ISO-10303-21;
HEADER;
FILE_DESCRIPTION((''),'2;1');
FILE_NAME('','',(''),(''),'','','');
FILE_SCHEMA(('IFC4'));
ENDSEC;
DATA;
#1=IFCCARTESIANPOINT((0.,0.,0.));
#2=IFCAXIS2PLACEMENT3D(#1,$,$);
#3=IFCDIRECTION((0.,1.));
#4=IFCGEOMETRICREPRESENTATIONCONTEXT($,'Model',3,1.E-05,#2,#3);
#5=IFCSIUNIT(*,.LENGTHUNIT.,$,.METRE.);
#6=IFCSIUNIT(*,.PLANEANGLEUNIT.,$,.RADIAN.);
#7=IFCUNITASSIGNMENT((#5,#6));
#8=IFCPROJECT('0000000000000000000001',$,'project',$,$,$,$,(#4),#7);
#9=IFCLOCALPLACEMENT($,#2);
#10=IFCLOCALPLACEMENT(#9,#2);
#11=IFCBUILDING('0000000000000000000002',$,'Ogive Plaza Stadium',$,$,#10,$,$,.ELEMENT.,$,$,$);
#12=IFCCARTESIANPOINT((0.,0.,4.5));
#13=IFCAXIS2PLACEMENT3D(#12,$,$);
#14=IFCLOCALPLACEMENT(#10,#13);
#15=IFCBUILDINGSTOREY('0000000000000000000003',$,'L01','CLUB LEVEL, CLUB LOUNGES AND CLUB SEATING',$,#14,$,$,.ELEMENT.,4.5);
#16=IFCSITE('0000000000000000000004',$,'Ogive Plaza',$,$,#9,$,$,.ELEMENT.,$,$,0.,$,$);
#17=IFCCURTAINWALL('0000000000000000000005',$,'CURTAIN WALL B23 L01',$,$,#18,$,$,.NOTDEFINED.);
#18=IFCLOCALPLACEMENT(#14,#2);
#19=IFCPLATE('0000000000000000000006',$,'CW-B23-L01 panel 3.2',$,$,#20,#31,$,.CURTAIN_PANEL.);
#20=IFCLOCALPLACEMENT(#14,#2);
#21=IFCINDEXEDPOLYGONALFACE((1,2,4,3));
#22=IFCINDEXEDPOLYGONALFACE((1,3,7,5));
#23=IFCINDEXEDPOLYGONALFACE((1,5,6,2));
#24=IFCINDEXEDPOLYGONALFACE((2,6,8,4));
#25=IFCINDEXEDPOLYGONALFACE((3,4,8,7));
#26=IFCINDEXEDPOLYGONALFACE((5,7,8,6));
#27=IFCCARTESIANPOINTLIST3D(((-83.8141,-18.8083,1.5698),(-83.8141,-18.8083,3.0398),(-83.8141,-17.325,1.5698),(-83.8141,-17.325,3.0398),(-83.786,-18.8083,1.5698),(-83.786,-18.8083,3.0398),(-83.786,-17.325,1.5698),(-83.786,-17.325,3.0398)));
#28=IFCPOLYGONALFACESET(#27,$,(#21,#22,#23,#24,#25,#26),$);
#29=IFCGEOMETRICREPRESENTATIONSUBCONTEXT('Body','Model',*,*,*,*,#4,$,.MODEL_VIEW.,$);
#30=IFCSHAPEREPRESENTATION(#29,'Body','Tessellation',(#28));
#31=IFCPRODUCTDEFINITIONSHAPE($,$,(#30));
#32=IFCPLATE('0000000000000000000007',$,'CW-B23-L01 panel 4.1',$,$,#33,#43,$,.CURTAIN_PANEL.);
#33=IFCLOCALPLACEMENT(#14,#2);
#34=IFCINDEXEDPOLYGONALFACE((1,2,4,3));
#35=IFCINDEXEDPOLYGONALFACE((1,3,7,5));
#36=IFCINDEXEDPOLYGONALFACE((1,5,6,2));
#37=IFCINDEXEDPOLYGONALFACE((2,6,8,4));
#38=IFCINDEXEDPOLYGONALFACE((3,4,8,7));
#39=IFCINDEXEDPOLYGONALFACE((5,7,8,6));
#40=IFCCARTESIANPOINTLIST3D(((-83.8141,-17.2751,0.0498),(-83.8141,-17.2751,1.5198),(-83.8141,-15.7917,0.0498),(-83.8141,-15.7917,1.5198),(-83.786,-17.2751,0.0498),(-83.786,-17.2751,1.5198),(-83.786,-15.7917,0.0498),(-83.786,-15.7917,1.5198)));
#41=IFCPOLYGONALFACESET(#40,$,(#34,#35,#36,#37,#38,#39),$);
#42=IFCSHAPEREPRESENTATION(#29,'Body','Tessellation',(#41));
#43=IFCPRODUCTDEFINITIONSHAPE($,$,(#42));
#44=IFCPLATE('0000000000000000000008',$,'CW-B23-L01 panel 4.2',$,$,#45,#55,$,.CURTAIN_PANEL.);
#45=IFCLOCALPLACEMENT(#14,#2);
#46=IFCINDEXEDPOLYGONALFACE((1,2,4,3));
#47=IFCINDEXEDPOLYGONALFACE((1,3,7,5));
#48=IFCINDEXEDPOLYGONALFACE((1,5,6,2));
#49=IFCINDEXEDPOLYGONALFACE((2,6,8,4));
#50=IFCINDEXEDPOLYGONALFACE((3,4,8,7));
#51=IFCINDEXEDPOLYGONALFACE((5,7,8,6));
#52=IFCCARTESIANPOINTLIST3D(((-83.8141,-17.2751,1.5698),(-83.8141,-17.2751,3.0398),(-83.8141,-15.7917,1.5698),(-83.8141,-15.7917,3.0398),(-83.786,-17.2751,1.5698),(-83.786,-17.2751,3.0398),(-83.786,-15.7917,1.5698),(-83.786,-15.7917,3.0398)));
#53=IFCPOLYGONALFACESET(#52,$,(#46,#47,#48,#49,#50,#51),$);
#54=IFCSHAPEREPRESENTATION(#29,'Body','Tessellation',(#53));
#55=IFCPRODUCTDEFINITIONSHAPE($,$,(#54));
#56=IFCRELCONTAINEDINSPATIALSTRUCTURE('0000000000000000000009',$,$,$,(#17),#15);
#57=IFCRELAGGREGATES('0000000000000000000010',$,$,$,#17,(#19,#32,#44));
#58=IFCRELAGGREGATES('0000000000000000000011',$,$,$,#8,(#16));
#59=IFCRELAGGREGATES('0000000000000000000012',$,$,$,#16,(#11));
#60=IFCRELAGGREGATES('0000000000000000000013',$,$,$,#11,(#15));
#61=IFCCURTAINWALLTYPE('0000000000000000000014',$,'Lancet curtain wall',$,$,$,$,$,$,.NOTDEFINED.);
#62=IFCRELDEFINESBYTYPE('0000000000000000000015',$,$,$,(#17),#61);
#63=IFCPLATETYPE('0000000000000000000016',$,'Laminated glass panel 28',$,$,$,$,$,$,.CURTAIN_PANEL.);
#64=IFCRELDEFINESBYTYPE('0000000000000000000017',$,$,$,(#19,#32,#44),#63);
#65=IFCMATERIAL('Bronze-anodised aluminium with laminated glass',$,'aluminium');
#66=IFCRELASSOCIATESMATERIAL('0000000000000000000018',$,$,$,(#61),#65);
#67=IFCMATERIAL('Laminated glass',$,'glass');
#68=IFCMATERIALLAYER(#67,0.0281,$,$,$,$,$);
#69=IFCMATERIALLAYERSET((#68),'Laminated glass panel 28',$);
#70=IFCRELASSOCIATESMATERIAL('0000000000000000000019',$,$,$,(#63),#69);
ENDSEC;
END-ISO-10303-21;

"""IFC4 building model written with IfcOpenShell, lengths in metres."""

from ifc_helpers import new_model, si_unit, direction, frame, origin, origin_2d, place, context, subcontext, project, spatial, rectangle, extrude, material, layer, layer_set, type_object, element, aggregate, save


model = new_model("IFC4")

# Units and contexts
model_context = context("Model", 3, precision=1e-05, world=origin(), true_north=direction((0.0, 1.0)))
body_context = subcontext(model_context, "Body", "Model", "MODEL_VIEW")
ifc_project = project(units=[si_unit("LENGTHUNIT", "METRE"), si_unit("PLANEANGLEUNIT", "RADIAN")], contexts=[model_context])

# Site, building, storey
site_placement = place(None, origin())
site = spatial("IfcSite", under=ifc_project, at=site_placement, Name="Ogive Plaza", CompositionType="ELEMENT", RefElevation=0.0)
building_placement = place(site_placement, origin())
building = spatial("IfcBuilding", under=site, at=building_placement, Name="Ogive Plaza Stadium", CompositionType="ELEMENT")
storey_placement = place(building_placement, frame((0.0, 0.0, 4.5)))
storey = spatial("IfcBuildingStorey", under=building, at=storey_placement, Name="L01", Description="CLUB LEVEL, CLUB LOUNGES AND CLUB SEATING", CompositionType="ELEMENT", Elevation=4.5)

# Shared definitions
ifc_material_1 = material(Name="Bronze-anodised aluminium with laminated glass", Category="aluminium")
curtain_wall_type = type_object("IfcCurtainWallType", Name="Lancet curtain wall", PredefinedType="NOTDEFINED", material=ifc_material_1)

# Curtain wall
curtain_wall_1_placement = place(storey_placement, origin())
curtain_wall_1 = element("IfcCurtainWall", 1, at=curtain_wall_1_placement, inside=storey, type_object=curtain_wall_type, Name="CURTAIN WALL B23 L01", PredefinedType="NOTDEFINED")

# Plates
ifc_material_2 = material(Name="Laminated glass", Category="glass")
ifc_layer = layer(ifc_material_2, 0.0281)
ifc_layer_set = layer_set([ifc_layer], Name="Laminated glass panel 28")
plate_type = type_object("IfcPlateType", Name="Laminated glass panel 28", PredefinedType="CURTAIN_PANEL", material=ifc_layer_set)
plate_1_placement = place(storey_placement, frame((-83.8, -18.0667, 1.5698), z_axis=(0.0, 0.0, 1.0), x_axis=(0.0, 1.0, 0.0)))
plate_1 = element("IfcPlate", 2, at=plate_1_placement, type_object=plate_type, Name="CW-B23-L01 panel 3.2", PredefinedType="CURTAIN_PANEL", context=body_context, shape_type="SweptSolid", body=[
    extrude(rectangle(XDim=1.4834, YDim=0.0281, at=origin_2d()), origin(), (0.0, 0.0, 1.0), 1.47),
])
plate_2_placement = place(storey_placement, frame((-83.8, -16.5334, 0.0498), z_axis=(0.0, 0.0, 1.0), x_axis=(0.0, 1.0, 0.0)))
plate_2 = element("IfcPlate", 3, at=plate_2_placement, type_object=plate_type, Name="CW-B23-L01 panel 4.1", PredefinedType="CURTAIN_PANEL", context=body_context, shape_type="SweptSolid", body=[
    extrude(rectangle(XDim=1.4834, YDim=0.0281, at=origin_2d()), origin(), (0.0, 0.0, 1.0), 1.47),
])
plate_3_placement = place(storey_placement, frame((-83.8, -16.5334, 1.5698), z_axis=(0.0, 0.0, 1.0), x_axis=(0.0, 1.0, 0.0)))
plate_3 = element("IfcPlate", 4, at=plate_3_placement, type_object=plate_type, Name="CW-B23-L01 panel 4.2", PredefinedType="CURTAIN_PANEL", context=body_context, shape_type="SweptSolid", body=[
    extrude(rectangle(XDim=1.4834, YDim=0.0281, at=origin_2d()), origin(), (0.0, 0.0, 1.0), 1.47),
])
aggregate(curtain_wall_1, [plate_1, plate_2, plate_3])

save(model, "model.ifc")
